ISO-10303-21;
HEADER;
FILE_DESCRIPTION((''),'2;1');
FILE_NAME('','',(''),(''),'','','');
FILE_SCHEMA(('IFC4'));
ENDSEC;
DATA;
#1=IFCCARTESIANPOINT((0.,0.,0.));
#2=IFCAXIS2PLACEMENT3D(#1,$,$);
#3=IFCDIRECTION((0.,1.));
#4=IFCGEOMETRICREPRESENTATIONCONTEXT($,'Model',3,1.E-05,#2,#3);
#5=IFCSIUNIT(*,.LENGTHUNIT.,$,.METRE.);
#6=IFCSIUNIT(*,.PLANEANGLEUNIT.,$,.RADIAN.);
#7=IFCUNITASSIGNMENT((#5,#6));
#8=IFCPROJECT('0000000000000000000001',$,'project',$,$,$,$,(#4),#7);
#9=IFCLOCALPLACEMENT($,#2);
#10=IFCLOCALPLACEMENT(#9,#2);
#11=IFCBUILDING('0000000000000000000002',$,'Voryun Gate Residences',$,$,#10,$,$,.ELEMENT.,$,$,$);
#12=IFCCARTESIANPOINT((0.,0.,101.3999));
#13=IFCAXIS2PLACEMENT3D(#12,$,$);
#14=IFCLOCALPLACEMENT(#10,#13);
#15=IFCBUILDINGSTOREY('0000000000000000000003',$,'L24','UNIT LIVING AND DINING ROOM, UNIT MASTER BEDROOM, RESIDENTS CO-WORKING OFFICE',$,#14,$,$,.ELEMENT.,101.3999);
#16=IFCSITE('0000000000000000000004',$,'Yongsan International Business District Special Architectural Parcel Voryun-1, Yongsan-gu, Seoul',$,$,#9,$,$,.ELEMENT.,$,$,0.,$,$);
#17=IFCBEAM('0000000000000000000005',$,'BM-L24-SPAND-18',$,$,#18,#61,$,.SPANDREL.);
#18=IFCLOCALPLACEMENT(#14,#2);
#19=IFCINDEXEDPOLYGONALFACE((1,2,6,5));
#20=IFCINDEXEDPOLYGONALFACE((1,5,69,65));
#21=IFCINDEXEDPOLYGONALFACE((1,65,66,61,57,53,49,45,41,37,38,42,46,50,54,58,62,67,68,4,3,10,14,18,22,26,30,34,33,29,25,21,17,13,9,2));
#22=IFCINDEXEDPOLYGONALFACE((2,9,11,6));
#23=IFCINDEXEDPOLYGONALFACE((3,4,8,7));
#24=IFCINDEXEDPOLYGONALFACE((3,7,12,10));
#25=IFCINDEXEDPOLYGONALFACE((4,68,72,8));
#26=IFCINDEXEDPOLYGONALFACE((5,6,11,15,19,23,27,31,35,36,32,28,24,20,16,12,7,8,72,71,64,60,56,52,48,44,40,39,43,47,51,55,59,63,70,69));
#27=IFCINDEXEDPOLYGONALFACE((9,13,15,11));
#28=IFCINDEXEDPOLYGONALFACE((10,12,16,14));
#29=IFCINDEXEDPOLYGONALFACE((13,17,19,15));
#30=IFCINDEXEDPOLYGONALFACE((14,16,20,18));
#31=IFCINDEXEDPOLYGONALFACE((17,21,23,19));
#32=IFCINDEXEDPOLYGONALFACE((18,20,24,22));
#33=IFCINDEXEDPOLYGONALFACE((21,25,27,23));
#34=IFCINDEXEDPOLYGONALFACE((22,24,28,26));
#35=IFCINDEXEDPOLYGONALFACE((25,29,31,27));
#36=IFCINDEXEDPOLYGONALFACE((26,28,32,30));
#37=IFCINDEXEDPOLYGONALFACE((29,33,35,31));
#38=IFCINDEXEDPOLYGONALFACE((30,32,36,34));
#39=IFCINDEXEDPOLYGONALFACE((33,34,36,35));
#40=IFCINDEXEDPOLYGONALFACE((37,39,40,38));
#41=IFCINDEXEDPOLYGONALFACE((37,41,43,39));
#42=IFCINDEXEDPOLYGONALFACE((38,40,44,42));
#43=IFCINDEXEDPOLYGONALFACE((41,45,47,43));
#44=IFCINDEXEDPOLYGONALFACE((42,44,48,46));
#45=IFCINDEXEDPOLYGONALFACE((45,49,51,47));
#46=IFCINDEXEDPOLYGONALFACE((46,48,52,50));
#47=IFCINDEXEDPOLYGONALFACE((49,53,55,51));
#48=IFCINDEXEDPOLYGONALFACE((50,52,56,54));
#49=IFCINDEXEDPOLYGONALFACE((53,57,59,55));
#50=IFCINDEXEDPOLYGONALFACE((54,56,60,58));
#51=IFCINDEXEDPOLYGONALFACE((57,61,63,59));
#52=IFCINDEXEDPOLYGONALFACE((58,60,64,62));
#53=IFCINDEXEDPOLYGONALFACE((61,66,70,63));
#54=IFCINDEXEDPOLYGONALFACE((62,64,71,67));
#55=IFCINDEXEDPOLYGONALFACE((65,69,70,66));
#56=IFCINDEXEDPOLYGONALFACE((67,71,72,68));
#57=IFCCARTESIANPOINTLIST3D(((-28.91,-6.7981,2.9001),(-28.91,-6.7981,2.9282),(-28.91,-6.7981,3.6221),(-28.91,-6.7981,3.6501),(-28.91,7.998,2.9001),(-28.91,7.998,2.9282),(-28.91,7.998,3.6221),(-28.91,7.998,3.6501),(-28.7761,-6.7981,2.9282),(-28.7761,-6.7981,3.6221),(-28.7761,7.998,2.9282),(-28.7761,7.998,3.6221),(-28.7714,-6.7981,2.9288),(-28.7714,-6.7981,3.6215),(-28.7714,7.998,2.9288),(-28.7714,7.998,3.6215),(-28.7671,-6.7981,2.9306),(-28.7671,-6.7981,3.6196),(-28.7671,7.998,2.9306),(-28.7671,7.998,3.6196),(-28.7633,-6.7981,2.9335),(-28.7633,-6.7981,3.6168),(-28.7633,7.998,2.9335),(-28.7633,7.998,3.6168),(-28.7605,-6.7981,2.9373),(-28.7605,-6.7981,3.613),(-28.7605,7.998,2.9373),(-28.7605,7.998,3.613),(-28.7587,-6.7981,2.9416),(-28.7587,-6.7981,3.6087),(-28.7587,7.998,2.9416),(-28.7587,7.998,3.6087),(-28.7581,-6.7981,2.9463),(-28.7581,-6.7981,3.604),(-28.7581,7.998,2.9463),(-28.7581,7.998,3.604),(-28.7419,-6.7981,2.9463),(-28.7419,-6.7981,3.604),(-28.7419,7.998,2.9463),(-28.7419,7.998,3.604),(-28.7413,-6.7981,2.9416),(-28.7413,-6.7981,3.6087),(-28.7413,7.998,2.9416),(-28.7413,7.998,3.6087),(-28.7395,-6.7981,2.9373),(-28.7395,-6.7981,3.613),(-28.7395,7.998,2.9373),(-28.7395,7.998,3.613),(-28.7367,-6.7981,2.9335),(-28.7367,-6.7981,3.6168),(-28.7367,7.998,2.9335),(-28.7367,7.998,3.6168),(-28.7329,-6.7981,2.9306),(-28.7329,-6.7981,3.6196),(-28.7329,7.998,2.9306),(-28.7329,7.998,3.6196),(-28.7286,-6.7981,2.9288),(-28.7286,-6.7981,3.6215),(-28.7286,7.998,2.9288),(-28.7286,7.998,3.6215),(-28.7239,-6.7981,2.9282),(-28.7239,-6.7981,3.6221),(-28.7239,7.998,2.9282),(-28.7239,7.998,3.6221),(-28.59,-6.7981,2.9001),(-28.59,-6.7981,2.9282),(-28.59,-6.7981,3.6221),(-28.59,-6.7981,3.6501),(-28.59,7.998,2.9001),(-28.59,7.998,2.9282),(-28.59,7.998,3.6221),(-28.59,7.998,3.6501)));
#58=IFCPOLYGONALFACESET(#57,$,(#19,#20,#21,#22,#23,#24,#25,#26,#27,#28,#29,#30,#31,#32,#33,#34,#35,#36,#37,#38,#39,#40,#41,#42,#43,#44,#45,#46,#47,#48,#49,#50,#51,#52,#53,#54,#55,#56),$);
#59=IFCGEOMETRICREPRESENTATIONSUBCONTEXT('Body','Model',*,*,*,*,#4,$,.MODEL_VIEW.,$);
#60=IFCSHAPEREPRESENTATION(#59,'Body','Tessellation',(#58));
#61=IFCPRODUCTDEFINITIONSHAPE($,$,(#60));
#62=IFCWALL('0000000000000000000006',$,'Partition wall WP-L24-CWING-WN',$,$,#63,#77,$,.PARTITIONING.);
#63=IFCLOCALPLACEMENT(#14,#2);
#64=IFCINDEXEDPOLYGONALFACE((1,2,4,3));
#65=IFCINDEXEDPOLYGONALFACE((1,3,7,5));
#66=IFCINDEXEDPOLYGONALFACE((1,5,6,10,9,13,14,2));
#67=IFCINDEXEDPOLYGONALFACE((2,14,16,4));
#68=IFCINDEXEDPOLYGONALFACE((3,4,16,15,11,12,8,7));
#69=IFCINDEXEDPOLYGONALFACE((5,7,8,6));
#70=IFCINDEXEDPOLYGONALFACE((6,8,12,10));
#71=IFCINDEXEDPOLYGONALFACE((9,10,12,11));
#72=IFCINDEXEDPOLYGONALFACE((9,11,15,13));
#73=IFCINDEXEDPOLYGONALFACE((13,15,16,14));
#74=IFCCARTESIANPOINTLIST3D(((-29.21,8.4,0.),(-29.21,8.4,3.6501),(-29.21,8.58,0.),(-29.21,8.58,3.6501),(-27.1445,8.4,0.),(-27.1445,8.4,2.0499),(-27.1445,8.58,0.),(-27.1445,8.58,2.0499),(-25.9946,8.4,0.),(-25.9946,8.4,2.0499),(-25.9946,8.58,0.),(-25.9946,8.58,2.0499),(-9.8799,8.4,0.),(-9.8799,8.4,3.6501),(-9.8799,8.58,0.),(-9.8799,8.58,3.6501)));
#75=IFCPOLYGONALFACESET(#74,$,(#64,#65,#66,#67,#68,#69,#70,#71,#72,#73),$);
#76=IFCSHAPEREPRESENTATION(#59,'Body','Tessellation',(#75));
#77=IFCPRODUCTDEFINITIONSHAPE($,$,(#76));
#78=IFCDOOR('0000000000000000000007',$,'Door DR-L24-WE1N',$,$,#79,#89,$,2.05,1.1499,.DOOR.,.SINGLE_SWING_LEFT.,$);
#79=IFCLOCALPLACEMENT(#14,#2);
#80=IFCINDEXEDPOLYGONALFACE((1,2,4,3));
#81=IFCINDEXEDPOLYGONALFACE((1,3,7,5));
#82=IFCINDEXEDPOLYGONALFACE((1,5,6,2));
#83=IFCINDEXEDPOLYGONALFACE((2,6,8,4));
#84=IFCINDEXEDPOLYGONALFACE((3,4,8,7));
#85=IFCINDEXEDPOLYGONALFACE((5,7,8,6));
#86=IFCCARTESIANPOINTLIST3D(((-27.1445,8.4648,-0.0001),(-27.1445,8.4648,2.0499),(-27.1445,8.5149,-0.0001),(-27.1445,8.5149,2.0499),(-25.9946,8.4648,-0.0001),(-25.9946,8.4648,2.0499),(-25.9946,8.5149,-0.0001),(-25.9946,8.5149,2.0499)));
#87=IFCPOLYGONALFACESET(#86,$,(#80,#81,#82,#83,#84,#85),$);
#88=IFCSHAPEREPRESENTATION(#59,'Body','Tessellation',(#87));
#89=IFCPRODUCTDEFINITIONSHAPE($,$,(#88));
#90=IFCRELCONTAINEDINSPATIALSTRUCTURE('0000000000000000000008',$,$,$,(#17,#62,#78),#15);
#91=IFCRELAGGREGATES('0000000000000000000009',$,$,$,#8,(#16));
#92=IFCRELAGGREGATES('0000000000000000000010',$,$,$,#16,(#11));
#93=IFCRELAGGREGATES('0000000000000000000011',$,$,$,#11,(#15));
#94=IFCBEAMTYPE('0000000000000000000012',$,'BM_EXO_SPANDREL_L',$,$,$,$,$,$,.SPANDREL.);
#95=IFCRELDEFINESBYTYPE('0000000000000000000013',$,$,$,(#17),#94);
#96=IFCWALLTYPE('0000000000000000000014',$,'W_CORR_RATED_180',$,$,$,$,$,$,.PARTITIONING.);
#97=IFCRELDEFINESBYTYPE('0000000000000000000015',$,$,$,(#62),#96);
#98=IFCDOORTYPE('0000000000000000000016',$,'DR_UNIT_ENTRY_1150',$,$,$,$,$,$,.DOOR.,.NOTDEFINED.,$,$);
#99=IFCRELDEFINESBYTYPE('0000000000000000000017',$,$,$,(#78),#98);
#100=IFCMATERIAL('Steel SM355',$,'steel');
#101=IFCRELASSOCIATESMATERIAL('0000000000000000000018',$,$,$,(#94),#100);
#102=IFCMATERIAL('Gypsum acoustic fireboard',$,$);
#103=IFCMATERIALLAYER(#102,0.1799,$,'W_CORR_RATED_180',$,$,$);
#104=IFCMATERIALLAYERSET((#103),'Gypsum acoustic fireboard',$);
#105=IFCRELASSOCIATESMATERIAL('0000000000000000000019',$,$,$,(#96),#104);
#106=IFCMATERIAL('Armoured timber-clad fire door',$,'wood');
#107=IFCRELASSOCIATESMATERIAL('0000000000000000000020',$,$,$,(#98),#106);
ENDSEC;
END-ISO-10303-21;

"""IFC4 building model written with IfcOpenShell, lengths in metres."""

from ifc_helpers import new_model, si_unit, direction, frame, frame_2d, origin, origin_2d, place, context, subcontext, project, spatial, rectangle, i_section, extrude, material, layer, layer_set, material_profile, profile_set, type_object, element, fill, save


model = new_model("IFC4")

# Units and contexts
model_context = context("Model", 3, precision=1e-05, world=origin(), true_north=direction((0.0, 1.0)))
body_context = subcontext(model_context, "Body", "Model", "MODEL_VIEW")
ifc_project = project(units=[si_unit("LENGTHUNIT", "METRE"), si_unit("PLANEANGLEUNIT", "RADIAN")], contexts=[model_context])

# Site, building, storey
site_placement = place(None, origin())
site = spatial("IfcSite", under=ifc_project, at=site_placement, Name="Yongsan International Business District Special Architectural Parcel Voryun-1, Yongsan-gu, Seoul", CompositionType="ELEMENT", RefElevation=0.0)
building_placement = place(site_placement, origin())
building = spatial("IfcBuilding", under=site, at=building_placement, Name="Voryun Gate Residences", CompositionType="ELEMENT")
storey_placement = place(building_placement, frame((0.0, 0.0, 101.3999)))
storey = spatial("IfcBuildingStorey", under=building, at=storey_placement, Name="L24", Description="UNIT LIVING AND DINING ROOM, UNIT MASTER BEDROOM, RESIDENTS CO-WORKING OFFICE", CompositionType="ELEMENT", Elevation=101.3999)

# Beam
ifc_material_1 = material(Name="Steel SM355", Category="steel")
ifc_material_profile = material_profile(ifc_material_1, i_section(OverallWidth=0.3201, OverallDepth=0.75, WebThickness=0.0161, FlangeThickness=0.0281, FilletRadius=0.0181, at=origin_2d()), Name="H-750x320x16x28")
ifc_profile_set = profile_set([ifc_material_profile], Name="Steel SM355")
beam_type = type_object("IfcBeamType", Name="BM_EXO_SPANDREL_L", PredefinedType="SPANDREL", material=ifc_profile_set)
beam_placement = place(storey_placement, frame((-28.75, 7.998, 3.2751), z_axis=(0.0, -1.0, 0.0), x_axis=(1.0, 0.0, 0.0)))
element("IfcBeam", 1, at=beam_placement, inside=storey, type_object=beam_type, Name="BM-L24-SPAND-18", PredefinedType="SPANDREL", context=body_context, shape_type="SweptSolid", body=[
    extrude(i_section(OverallWidth=0.3201, OverallDepth=0.75, WebThickness=0.0161, FlangeThickness=0.0281, FilletRadius=0.0181, at=origin_2d()), origin(), (0.0, 0.0, 1.0), 14.7961),
])

# Wall, opening, door
ifc_material_2 = material(Name="Gypsum acoustic fireboard")
ifc_layer_1 = layer(ifc_material_2, 0.1799, Name="W_CORR_RATED_180")
ifc_layer_set_1 = layer_set([ifc_layer_1], Name="Gypsum acoustic fireboard")
wall_type_1 = type_object("IfcWallType", Name="W_CORR_RATED_180", PredefinedType="PARTITIONING", material=ifc_layer_set_1)
wall_1_placement = place(storey_placement, frame((-29.21, 8.49, 0.0), z_axis=(0.0, 0.0, 1.0), x_axis=(1.0, 0.0, 0.0)))
wall_1 = element("IfcWall", 2, at=wall_1_placement, inside=storey, type_object=wall_type_1, Name="Partition wall WP-L24-CWING-WN", PredefinedType="PARTITIONING", context=body_context, shape_type="SweptSolid", body=[
    extrude(rectangle(XDim=19.3301, YDim=0.1799, at=frame_2d((9.665, 0.0))), origin(), (0.0, 0.0, 1.0), 3.6501),
])
opening_1_placement = place(wall_1_placement, frame((2.0654, 0.0, 0.0)))
opening_1 = element("IfcOpeningElement", 3, at=opening_1_placement, cuts=wall_1, PredefinedType="OPENING", context=body_context, shape_type="SweptSolid", body=[
    extrude(rectangle(XDim=1.1499, YDim=2.05, at=frame_2d((0.575, 1.0249))), frame((0.0, 0.0999, 0.0), z_axis=(0.0, -1.0, 0.0), x_axis=(1.0, 0.0, 0.0)), (0.0, 0.0, 1.0), 0.2),
])
ifc_material_3 = material(Name="Armoured timber-clad fire door", Category="wood")
door_type_1 = type_object("IfcDoorType", Name="DR_UNIT_ENTRY_1150", OperationType="NOTDEFINED", PredefinedType="DOOR", material=ifc_material_3)
door_1_placement = place(opening_1_placement, origin())
door_1 = element("IfcDoor", 4, at=door_1_placement, inside=storey, type_object=door_type_1, Name="Door DR-L24-WE1N", OperationType="SINGLE_SWING_LEFT", OverallHeight=2.05, OverallWidth=1.1499, PredefinedType="DOOR", context=body_context, shape_type="SweptSolid", body=[
    extrude(rectangle(XDim=1.1499, YDim=2.05, at=frame_2d((0.575, 1.0249))), frame((0.0, 0.0249, 0.0), z_axis=(0.0, -1.0, 0.0), x_axis=(1.0, 0.0, 0.0)), (0.0, 0.0, 1.0), 0.05),
])
fill(opening_1, door_1)

save(model, "model.ifc")
